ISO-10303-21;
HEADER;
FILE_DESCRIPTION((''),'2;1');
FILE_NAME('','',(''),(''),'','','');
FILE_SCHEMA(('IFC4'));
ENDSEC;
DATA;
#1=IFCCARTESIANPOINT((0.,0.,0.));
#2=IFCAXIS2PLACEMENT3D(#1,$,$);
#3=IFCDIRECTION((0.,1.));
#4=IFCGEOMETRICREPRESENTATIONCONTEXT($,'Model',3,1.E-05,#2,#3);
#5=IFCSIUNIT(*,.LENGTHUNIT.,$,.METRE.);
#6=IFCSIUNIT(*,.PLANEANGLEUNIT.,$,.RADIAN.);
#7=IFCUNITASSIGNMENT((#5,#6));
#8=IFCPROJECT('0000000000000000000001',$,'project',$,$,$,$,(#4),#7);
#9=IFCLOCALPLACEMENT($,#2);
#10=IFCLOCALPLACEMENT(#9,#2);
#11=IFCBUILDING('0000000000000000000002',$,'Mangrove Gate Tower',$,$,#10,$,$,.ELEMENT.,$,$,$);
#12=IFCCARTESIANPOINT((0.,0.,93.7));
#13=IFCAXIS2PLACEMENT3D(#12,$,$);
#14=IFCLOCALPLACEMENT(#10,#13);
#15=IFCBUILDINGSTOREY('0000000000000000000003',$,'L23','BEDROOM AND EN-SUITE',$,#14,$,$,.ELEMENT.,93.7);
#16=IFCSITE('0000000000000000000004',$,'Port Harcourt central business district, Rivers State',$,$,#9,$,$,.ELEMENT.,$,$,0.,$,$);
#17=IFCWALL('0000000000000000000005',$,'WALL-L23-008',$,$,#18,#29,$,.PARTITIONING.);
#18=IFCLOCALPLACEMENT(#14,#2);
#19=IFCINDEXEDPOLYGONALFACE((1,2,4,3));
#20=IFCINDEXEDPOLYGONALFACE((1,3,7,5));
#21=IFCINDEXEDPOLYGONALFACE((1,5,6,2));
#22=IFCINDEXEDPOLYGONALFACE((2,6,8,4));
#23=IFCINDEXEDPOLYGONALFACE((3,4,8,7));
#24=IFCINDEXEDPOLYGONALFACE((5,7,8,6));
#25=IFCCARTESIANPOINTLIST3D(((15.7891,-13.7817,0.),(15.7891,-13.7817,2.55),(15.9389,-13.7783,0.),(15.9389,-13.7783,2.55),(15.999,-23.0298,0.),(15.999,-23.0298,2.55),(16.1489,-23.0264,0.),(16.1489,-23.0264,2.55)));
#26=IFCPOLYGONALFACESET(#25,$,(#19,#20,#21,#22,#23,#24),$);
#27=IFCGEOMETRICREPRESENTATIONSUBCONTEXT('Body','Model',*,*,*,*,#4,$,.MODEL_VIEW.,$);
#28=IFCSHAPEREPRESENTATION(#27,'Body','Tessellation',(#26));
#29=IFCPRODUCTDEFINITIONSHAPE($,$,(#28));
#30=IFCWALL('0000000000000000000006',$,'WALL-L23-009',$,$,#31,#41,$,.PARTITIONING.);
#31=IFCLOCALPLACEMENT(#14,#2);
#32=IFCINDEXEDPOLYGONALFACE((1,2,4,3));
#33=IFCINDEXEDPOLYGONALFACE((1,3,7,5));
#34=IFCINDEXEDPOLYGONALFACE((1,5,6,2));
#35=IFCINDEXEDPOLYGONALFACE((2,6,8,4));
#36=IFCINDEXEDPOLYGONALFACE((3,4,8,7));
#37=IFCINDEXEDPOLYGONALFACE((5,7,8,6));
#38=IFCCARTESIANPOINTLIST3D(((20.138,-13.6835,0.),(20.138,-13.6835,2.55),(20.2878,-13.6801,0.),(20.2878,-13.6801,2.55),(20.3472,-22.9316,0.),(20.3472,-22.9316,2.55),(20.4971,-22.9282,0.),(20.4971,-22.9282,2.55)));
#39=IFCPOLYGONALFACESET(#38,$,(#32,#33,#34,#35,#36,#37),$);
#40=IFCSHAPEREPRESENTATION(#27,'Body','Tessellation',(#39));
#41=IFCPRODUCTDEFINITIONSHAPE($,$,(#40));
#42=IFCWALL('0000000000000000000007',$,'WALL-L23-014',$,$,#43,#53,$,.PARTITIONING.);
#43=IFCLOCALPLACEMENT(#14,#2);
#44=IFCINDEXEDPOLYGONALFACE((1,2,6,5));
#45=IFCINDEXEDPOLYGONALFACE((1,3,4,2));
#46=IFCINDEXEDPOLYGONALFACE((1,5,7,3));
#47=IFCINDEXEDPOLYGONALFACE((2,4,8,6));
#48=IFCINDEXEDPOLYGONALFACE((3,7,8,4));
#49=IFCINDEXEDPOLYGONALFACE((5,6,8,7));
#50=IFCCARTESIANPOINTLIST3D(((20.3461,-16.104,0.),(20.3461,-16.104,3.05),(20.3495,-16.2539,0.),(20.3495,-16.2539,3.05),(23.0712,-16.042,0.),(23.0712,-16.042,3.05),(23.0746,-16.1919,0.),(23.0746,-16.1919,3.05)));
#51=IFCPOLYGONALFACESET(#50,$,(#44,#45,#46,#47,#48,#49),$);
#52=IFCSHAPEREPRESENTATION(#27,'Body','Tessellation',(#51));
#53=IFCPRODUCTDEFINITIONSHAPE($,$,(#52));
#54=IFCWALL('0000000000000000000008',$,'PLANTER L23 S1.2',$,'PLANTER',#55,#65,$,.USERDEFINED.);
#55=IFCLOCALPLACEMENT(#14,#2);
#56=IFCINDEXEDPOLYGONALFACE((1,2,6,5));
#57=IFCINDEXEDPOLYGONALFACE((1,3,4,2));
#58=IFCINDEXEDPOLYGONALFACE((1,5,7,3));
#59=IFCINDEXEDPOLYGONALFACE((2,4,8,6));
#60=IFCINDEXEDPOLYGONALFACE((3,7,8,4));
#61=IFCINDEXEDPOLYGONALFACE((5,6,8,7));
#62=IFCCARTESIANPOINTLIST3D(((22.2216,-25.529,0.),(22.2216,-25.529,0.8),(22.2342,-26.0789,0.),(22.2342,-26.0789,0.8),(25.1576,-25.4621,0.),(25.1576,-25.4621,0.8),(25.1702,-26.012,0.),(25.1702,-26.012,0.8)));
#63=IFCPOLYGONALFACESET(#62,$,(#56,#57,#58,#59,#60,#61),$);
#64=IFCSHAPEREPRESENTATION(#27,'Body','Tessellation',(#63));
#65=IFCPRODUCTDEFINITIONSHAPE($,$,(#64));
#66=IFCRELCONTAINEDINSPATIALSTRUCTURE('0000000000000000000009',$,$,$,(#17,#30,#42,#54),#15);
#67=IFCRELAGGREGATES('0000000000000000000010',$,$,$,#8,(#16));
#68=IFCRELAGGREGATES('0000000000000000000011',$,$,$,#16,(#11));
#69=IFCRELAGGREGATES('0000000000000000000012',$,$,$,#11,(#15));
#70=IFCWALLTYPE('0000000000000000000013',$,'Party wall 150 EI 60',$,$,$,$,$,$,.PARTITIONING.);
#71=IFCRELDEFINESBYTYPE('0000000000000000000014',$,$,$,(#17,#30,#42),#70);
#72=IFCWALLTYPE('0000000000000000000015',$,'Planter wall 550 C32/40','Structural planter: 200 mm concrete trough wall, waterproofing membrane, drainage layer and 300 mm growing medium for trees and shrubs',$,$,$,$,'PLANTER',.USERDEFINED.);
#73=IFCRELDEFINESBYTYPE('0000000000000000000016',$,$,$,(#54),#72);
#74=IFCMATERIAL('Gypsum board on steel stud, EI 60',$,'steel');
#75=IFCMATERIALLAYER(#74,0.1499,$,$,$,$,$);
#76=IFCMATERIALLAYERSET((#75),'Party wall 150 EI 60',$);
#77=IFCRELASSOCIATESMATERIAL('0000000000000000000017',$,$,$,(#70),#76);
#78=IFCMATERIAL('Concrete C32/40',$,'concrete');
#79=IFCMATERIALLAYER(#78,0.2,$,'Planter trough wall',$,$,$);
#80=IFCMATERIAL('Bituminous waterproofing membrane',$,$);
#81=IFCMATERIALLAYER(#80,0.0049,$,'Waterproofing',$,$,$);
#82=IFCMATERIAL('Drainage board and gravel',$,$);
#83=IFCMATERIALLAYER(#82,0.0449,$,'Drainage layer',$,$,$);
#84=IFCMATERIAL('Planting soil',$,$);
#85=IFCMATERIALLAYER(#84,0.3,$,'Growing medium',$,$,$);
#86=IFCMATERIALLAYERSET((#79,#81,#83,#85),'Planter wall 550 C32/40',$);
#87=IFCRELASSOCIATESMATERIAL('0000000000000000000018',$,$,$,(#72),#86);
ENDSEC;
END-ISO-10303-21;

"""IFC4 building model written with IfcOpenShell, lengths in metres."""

from ifc_helpers import new_model, si_unit, direction, frame, frame_2d, origin, place, context, subcontext, project, spatial, rectangle, extrude, material, layer, layer_set, type_object, element, save


model = new_model("IFC4")

# Units and contexts
model_context = context("Model", 3, precision=1e-05, world=origin(), true_north=direction((0.0, 1.0)))
body_context = subcontext(model_context, "Body", "Model", "MODEL_VIEW")
ifc_project = project(units=[si_unit("LENGTHUNIT", "METRE"), si_unit("PLANEANGLEUNIT", "RADIAN")], contexts=[model_context])

# Site, building, storey
site_placement = place(None, origin())
site = spatial("IfcSite", under=ifc_project, at=site_placement, Name="Port Harcourt central business district, Rivers State", CompositionType="ELEMENT", RefElevation=0.0)
building_placement = place(site_placement, origin())
building = spatial("IfcBuilding", under=site, at=building_placement, Name="Mangrove Gate Tower", CompositionType="ELEMENT")
storey_placement = place(building_placement, frame((0.0, 0.0, 93.7)))
storey = spatial("IfcBuildingStorey", under=building, at=storey_placement, Name="L23", Description="BEDROOM AND EN-SUITE", CompositionType="ELEMENT", Elevation=93.7)

# Walls
ifc_material_1 = material(Name="Gypsum board on steel stud, EI 60", Category="steel")
ifc_layer_1 = layer(ifc_material_1, 0.1499)
ifc_layer_set_1 = layer_set([ifc_layer_1], Name="Party wall 150 EI 60")
wall_type_1 = type_object("IfcWallType", Name="Party wall 150 EI 60", PredefinedType="PARTITIONING", material=ifc_layer_set_1)
for number, where, z_axis, x_axis, name in (
    (1, (16.074, -23.0281, 0.0), (0.0, 0.0, 1.0), (-0.022697, 0.999742, 0.0), "WALL-L23-008"),
    (2, (20.4221, -22.9299, 0.0), (0.0, 0.0, 1.0), (-0.022618, 0.999744, 0.0), "WALL-L23-009"),
):
    element("IfcWall", number, at=place(storey_placement, frame(where, z_axis=z_axis, x_axis=x_axis)), inside=storey, type_object=wall_type_1, Name=name, PredefinedType="PARTITIONING", context=body_context, shape_type="SweptSolid", body=[
        extrude(rectangle(XDim=9.2505, YDim=0.1499, at=frame_2d((4.6252, 0.0))), origin(), (0.0, 0.0, 1.0), 2.55),
    ])
wall_1_placement = place(storey_placement, frame((20.3479, -16.179, 0.0), z_axis=(0.0, 0.0, 1.0), x_axis=(0.999741, 0.02275, 0.0)))
element("IfcWall", 3, at=wall_1_placement, inside=storey, type_object=wall_type_1, Name="WALL-L23-014", PredefinedType="PARTITIONING", context=body_context, shape_type="SweptSolid", body=[
    extrude(rectangle(XDim=2.7258, YDim=0.1499, at=frame_2d((1.3628, 0.0))), origin(), (0.0, 0.0, 1.0), 3.05),
])
ifc_material_2 = material(Name="Concrete C32/40", Category="concrete")
ifc_layer_2 = layer(ifc_material_2, 0.2, Name="Planter trough wall")
ifc_material_3 = material(Name="Bituminous waterproofing membrane")
ifc_layer_3 = layer(ifc_material_3, 0.0049, Name="Waterproofing")
ifc_material_4 = material(Name="Drainage board and gravel")
ifc_layer_4 = layer(ifc_material_4, 0.0449, Name="Drainage layer")
ifc_material_5 = material(Name="Planting soil")
ifc_layer_5 = layer(ifc_material_5, 0.3, Name="Growing medium")
ifc_layer_set_2 = layer_set([ifc_layer_2, ifc_layer_3, ifc_layer_4, ifc_layer_5], Name="Planter wall 550 C32/40")
wall_type_2 = type_object("IfcWallType", Name="Planter wall 550 C32/40", Description="Structural planter: 200 mm concrete trough wall, waterproofing membrane, drainage layer and 300 mm growing medium for trees and shrubs", ElementType="PLANTER", PredefinedType="USERDEFINED", material=ifc_layer_set_2)
wall_2_placement = place(storey_placement, frame((22.228, -25.804, 0.0), z_axis=(0.0, 0.0, 1.0), x_axis=(0.999741, 0.022778, 0.0)))
element("IfcWall", 4, at=wall_2_placement, inside=storey, type_object=wall_type_2, Name="PLANTER L23 S1.2", ObjectType="PLANTER", PredefinedType="USERDEFINED", context=body_context, shape_type="SweptSolid", body=[
    extrude(rectangle(XDim=2.9368, YDim=0.55, at=frame_2d((1.4683, 0.0))), origin(), (0.0, 0.0, 1.0), 0.8),
])

save(model, "model.ifc")
